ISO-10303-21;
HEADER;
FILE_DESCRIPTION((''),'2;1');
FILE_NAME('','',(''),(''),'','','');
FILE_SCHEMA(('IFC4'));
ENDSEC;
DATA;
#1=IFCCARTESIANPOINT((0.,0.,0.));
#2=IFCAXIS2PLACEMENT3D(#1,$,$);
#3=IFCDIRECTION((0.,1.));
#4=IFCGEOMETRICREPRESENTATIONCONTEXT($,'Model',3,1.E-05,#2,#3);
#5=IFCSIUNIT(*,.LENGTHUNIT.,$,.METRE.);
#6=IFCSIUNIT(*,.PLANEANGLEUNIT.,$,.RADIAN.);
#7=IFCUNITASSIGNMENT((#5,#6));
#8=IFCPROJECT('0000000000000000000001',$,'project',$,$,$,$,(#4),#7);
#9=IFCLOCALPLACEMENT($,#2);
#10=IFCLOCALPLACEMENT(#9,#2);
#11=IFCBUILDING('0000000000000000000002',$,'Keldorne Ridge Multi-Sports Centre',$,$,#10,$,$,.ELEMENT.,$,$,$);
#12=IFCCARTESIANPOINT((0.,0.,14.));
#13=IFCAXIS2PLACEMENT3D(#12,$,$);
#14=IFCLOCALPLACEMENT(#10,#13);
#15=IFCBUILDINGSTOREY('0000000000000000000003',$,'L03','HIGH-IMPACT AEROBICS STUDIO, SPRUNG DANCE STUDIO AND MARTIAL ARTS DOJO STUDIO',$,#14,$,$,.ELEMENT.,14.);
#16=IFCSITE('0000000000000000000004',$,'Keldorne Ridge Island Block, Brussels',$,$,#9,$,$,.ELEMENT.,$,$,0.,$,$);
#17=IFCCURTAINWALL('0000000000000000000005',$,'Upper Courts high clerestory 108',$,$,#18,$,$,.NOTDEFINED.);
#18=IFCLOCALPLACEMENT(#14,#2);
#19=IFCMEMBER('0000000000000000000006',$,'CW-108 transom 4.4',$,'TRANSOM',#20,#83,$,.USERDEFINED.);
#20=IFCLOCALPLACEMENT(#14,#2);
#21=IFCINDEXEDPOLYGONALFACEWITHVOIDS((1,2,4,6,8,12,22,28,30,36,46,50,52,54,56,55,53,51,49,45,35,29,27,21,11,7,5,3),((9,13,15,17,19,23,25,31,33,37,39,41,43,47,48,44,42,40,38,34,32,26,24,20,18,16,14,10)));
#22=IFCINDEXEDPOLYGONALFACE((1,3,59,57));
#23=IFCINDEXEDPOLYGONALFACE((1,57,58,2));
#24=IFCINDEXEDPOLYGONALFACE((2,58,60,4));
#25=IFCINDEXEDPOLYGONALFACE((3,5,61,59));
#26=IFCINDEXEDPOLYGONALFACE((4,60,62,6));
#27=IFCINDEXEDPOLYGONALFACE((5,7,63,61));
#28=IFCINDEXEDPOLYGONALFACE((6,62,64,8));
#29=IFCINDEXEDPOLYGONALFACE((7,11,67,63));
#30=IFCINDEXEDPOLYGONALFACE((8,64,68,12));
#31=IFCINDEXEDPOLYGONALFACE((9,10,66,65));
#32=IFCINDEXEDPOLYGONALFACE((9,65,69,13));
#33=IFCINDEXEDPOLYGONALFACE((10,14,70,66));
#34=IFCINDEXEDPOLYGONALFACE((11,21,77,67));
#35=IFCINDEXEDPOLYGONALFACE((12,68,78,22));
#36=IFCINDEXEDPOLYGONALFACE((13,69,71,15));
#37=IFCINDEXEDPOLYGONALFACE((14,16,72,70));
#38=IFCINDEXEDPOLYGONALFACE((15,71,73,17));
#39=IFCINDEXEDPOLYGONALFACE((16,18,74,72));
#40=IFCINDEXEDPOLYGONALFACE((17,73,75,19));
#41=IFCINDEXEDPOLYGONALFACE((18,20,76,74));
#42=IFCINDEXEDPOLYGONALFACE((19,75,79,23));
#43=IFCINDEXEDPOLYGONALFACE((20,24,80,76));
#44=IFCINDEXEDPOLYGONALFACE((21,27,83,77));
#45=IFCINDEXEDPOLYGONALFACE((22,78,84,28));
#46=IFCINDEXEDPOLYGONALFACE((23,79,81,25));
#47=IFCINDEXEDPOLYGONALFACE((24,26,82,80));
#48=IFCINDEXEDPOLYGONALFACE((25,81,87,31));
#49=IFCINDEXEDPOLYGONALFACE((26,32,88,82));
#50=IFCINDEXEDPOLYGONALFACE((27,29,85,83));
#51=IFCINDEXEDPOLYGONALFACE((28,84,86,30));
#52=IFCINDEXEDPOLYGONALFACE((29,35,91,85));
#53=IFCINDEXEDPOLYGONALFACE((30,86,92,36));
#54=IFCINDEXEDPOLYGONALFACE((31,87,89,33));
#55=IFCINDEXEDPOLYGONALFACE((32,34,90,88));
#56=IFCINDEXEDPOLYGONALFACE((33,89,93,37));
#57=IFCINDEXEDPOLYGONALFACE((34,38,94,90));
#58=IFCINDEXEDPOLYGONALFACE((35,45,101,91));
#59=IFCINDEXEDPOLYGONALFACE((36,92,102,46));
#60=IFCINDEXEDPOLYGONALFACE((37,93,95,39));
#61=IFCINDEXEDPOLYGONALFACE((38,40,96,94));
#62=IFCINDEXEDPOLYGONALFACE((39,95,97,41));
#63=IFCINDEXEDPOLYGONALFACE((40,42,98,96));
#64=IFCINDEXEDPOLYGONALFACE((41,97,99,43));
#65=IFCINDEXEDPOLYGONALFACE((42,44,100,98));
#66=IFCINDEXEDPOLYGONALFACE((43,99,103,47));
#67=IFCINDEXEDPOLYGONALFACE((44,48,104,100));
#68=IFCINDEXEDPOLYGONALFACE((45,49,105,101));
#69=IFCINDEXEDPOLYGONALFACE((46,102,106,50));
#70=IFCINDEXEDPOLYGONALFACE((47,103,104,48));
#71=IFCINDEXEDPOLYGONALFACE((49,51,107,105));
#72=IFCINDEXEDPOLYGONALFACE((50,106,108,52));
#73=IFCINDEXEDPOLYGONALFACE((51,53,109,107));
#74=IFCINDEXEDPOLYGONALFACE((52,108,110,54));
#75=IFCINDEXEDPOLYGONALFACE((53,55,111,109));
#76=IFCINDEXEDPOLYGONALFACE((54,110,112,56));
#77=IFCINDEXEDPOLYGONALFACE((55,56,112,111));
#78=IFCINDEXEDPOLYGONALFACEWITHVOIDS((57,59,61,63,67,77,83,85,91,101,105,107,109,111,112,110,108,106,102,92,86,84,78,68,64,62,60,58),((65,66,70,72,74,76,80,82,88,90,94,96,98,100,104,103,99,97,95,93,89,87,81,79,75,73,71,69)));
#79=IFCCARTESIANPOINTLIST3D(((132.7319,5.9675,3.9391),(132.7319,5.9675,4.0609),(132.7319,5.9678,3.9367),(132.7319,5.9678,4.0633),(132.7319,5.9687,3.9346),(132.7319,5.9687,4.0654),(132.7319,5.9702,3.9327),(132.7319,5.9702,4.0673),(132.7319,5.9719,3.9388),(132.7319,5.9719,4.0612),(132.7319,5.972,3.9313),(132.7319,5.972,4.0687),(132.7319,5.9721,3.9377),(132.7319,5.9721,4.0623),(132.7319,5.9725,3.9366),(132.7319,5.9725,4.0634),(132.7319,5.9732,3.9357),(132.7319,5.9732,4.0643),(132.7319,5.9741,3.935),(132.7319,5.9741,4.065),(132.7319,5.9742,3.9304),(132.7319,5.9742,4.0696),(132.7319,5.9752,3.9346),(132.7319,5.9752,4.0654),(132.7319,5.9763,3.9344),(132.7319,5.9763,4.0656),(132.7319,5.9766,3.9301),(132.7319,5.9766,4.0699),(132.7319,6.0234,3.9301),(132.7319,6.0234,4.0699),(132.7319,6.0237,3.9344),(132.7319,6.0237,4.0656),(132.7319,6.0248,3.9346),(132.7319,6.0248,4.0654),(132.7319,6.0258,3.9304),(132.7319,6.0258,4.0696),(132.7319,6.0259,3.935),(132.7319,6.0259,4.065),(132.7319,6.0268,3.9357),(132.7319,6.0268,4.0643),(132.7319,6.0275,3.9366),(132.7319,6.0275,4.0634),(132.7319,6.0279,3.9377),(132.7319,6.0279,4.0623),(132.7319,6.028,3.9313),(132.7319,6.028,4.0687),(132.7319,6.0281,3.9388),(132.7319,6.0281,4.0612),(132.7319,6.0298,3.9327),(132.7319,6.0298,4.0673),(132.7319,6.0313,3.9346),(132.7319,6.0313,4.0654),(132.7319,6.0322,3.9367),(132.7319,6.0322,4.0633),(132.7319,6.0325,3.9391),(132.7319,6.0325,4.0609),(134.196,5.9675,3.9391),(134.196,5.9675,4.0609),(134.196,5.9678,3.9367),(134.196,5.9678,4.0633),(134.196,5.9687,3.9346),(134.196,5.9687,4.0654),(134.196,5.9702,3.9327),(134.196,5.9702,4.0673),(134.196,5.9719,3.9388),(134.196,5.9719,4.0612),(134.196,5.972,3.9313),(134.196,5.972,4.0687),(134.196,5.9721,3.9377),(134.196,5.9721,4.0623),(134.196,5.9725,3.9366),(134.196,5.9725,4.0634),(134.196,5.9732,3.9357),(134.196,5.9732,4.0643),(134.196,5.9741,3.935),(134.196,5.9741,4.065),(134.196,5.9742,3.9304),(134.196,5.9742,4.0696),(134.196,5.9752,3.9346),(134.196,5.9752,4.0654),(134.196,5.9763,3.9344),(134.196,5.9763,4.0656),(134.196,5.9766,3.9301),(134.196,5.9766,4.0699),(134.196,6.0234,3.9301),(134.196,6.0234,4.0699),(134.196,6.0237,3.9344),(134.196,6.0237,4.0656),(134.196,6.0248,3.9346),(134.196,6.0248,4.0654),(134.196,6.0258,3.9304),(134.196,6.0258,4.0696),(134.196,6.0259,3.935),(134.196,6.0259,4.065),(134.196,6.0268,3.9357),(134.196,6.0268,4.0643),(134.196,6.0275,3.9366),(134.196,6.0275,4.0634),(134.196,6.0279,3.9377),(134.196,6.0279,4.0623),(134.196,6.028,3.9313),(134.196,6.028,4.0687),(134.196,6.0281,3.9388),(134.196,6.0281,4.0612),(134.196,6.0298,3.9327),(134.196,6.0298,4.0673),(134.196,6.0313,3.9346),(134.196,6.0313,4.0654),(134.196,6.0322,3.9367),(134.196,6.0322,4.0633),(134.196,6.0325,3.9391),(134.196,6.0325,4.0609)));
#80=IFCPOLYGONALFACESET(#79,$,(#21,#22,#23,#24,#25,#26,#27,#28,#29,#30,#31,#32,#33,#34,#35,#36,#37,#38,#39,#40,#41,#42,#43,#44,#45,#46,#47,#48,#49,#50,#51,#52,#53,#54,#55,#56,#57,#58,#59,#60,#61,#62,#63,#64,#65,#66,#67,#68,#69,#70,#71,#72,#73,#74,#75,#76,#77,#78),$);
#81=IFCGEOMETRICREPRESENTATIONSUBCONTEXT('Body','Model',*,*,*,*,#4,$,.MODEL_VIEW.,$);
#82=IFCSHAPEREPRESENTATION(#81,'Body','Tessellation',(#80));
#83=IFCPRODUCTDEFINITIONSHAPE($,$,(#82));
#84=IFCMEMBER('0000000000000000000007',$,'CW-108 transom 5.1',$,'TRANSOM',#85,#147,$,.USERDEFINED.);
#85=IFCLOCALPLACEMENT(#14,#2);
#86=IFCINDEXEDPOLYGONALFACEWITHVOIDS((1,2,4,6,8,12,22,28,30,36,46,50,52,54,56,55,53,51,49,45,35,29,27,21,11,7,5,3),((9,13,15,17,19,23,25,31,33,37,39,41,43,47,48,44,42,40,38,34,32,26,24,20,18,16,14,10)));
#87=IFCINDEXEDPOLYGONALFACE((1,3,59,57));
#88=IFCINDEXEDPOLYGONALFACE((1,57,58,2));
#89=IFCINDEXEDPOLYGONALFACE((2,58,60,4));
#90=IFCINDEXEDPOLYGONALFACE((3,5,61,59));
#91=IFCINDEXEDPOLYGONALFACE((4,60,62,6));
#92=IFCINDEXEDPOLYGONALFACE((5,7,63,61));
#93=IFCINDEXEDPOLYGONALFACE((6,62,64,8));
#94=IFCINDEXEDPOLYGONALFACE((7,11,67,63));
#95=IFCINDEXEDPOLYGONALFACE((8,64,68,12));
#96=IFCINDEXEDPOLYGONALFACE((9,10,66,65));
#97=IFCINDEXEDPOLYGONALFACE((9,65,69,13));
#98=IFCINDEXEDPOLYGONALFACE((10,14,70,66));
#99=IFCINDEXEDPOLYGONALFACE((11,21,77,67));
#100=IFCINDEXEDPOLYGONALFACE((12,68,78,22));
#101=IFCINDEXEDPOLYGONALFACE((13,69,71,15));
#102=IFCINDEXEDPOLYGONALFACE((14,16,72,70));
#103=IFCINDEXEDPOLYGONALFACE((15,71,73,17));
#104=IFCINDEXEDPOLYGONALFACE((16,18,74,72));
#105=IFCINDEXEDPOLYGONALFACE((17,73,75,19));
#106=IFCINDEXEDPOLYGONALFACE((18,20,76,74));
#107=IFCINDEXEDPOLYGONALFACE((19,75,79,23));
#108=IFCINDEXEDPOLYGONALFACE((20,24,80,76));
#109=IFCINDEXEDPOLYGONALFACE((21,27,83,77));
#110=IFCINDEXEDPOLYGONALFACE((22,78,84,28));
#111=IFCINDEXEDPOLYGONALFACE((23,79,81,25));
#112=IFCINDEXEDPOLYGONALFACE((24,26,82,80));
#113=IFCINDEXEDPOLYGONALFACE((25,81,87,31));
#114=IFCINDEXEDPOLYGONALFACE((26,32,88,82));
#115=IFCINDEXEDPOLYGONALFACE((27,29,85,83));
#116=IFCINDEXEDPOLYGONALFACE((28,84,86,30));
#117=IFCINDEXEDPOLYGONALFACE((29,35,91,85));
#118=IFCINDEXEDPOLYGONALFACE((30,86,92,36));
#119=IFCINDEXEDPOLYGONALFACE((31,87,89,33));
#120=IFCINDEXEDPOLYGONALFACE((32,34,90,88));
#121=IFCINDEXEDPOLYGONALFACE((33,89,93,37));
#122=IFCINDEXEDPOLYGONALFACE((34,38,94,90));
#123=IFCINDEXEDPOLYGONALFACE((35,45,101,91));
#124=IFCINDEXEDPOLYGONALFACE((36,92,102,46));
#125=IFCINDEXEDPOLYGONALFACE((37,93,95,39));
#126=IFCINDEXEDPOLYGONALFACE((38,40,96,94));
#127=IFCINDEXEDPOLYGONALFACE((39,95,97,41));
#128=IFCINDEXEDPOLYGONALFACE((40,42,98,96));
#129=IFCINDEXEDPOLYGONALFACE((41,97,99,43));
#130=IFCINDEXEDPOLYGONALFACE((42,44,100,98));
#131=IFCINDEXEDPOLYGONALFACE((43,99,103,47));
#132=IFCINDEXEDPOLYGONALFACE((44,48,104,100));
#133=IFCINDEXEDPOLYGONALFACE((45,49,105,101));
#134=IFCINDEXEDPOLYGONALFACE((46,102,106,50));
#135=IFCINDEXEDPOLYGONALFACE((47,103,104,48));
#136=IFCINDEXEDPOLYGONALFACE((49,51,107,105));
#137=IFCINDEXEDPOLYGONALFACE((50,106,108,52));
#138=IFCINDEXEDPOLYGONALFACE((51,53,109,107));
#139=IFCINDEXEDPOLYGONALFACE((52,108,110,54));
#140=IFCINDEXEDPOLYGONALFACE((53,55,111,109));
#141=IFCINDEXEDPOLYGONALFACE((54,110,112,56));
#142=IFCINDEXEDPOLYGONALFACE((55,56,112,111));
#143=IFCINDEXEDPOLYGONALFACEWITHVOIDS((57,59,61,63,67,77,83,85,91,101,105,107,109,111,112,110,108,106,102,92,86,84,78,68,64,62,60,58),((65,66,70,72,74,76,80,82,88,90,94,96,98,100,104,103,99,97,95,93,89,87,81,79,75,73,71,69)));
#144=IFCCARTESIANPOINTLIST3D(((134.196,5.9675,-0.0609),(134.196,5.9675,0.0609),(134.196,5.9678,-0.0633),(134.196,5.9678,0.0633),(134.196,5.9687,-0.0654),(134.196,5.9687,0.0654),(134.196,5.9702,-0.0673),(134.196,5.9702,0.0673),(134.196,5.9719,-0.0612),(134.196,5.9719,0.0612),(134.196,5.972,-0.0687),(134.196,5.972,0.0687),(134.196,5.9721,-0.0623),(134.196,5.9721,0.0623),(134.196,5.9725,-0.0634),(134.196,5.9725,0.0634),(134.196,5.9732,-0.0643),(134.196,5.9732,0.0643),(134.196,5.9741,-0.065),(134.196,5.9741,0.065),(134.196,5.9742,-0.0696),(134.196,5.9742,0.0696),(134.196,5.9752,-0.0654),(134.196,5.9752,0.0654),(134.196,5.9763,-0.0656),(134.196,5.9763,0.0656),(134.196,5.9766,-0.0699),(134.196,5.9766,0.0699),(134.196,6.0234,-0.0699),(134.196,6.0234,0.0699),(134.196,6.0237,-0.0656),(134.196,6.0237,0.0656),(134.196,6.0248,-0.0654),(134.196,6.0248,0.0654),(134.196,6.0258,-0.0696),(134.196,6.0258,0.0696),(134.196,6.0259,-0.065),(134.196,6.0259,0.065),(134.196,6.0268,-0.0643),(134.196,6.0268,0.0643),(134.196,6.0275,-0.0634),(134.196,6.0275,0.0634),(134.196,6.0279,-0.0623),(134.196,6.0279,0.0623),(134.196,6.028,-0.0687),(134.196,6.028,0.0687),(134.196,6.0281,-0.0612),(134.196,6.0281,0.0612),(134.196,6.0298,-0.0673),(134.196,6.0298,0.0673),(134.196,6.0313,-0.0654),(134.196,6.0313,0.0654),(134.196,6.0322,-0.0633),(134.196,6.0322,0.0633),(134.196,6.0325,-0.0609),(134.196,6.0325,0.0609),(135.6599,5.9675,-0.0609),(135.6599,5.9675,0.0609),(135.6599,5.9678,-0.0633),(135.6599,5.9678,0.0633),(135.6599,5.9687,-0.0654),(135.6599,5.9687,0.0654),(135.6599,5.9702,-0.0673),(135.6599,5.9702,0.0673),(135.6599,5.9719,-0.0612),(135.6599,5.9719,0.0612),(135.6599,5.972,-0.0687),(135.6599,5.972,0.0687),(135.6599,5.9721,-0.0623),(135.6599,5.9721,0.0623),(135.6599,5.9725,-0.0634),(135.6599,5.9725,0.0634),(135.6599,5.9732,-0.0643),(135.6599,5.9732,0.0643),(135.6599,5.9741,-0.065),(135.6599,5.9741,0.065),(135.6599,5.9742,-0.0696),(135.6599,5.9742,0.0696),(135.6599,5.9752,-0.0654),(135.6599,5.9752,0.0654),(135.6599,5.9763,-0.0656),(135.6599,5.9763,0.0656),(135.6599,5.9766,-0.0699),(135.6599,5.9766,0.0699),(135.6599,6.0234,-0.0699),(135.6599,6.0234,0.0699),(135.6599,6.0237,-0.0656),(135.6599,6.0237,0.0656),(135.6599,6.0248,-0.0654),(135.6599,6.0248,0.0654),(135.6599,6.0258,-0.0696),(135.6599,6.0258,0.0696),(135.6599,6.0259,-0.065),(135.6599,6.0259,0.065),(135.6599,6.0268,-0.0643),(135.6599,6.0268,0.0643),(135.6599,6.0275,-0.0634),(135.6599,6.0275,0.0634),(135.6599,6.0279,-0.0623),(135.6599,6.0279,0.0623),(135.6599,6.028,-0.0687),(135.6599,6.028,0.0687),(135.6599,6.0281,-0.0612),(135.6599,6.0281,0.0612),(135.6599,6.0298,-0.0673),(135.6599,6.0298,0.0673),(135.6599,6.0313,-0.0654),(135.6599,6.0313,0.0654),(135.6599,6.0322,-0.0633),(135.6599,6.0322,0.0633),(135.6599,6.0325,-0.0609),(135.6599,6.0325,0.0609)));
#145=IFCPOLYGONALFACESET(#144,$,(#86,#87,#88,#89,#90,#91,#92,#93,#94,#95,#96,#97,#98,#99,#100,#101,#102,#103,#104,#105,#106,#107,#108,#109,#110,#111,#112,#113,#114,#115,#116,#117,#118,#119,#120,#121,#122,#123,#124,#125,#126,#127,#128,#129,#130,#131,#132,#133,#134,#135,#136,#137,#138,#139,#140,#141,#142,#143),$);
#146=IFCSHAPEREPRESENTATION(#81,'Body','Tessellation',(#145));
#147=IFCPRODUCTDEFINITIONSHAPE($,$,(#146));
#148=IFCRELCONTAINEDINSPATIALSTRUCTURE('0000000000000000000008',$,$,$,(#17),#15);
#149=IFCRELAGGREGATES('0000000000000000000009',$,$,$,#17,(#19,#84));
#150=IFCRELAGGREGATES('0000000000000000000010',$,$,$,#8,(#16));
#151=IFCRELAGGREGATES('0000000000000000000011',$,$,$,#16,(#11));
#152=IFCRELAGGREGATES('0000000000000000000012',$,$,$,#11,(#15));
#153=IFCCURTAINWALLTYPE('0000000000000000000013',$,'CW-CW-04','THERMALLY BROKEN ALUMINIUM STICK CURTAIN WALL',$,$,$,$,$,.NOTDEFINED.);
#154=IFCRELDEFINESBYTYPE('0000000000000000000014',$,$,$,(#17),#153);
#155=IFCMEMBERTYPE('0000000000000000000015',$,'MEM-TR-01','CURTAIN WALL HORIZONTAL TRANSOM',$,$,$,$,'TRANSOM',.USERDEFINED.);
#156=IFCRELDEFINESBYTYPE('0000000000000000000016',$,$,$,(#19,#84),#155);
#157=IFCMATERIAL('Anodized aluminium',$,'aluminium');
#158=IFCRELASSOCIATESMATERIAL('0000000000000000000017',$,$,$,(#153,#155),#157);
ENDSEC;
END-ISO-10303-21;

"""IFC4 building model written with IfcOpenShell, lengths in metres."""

from ifc_helpers import new_model, si_unit, direction, frame, origin, origin_2d, place, context, subcontext, project, spatial, hollow_rectangle, extrude, material, material_profile, profile_set, type_object, element, aggregate, save


model = new_model("IFC4")

# Units and contexts
model_context = context("Model", 3, precision=1e-05, world=origin(), true_north=direction((0.0, 1.0)))
body_context = subcontext(model_context, "Body", "Model", "MODEL_VIEW")
ifc_project = project(units=[si_unit("LENGTHUNIT", "METRE"), si_unit("PLANEANGLEUNIT", "RADIAN")], contexts=[model_context])

# Site, building, storey
site_placement = place(None, origin())
site = spatial("IfcSite", under=ifc_project, at=site_placement, Name="Keldorne Ridge Island Block, Brussels", CompositionType="ELEMENT", RefElevation=0.0)
building_placement = place(site_placement, origin())
building = spatial("IfcBuilding", under=site, at=building_placement, Name="Keldorne Ridge Multi-Sports Centre", CompositionType="ELEMENT")
storey_placement = place(building_placement, frame((0.0, 0.0, 14.0)))
storey = spatial("IfcBuildingStorey", under=building, at=storey_placement, Name="L03", Description="HIGH-IMPACT AEROBICS STUDIO, SPRUNG DANCE STUDIO AND MARTIAL ARTS DOJO STUDIO", CompositionType="ELEMENT", Elevation=14.0)

# Curtain wall
ifc_material_1 = material(Name="Anodized aluminium", Category="aluminium")
curtain_wall_type = type_object("IfcCurtainWallType", Name="CW-CW-04", Description="THERMALLY BROKEN ALUMINIUM STICK CURTAIN WALL", PredefinedType="NOTDEFINED", material=ifc_material_1)
curtain_wall_placement = place(storey_placement, origin())
curtain_wall = element("IfcCurtainWall", 1, at=curtain_wall_placement, inside=storey, type_object=curtain_wall_type, Name="Upper Courts high clerestory 108", PredefinedType="NOTDEFINED")

# Members
ifc_material_profile_1 = material_profile(ifc_material_1, hollow_rectangle(XDim=0.0649, YDim=0.1399, WallThickness=0.0044, InnerFilletRadius=0.0044, OuterFilletRadius=0.009, at=origin_2d()), Name="ALU TRANSOM 140x65x4.5")
ifc_profile_set_1 = profile_set([ifc_material_profile_1], Name="Anodized aluminium")
member_type_1 = type_object("IfcMemberType", Name="MEM-TR-01", Description="CURTAIN WALL HORIZONTAL TRANSOM", ElementType="TRANSOM", PredefinedType="USERDEFINED", material=ifc_profile_set_1)
member_1_placement = place(storey_placement, frame((132.7319, 6.0, 4.0), z_axis=(1.0, 0.0, 0.0), x_axis=(0.0, 1.0, 0.0)))
member_1 = element("IfcMember", 2, at=member_1_placement, type_object=member_type_1, Name="CW-108 transom 4.4", ObjectType="TRANSOM", PredefinedType="USERDEFINED", context=body_context, shape_type="SweptSolid", body=[
    extrude(hollow_rectangle(XDim=0.0649, YDim=0.1399, WallThickness=0.0044, InnerFilletRadius=0.0044, OuterFilletRadius=0.009, at=origin_2d()), origin(), (0.0, 0.0, 1.0), 1.4641),
])
member_2_placement = place(storey_placement, frame((134.196, 6.0, 0.0), z_axis=(1.0, 0.0, 0.0), x_axis=(0.0, 1.0, 0.0)))
member_2 = element("IfcMember", 3, at=member_2_placement, type_object=member_type_1, Name="CW-108 transom 5.1", ObjectType="TRANSOM", PredefinedType="USERDEFINED", context=body_context, shape_type="SweptSolid", body=[
    extrude(hollow_rectangle(XDim=0.0649, YDim=0.1399, WallThickness=0.0044, InnerFilletRadius=0.0044, OuterFilletRadius=0.009, at=origin_2d()), origin(), (0.0, 0.0, 1.0), 1.4639),
])

aggregate(curtain_wall, [member_1, member_2])

save(model, "model.ifc")
